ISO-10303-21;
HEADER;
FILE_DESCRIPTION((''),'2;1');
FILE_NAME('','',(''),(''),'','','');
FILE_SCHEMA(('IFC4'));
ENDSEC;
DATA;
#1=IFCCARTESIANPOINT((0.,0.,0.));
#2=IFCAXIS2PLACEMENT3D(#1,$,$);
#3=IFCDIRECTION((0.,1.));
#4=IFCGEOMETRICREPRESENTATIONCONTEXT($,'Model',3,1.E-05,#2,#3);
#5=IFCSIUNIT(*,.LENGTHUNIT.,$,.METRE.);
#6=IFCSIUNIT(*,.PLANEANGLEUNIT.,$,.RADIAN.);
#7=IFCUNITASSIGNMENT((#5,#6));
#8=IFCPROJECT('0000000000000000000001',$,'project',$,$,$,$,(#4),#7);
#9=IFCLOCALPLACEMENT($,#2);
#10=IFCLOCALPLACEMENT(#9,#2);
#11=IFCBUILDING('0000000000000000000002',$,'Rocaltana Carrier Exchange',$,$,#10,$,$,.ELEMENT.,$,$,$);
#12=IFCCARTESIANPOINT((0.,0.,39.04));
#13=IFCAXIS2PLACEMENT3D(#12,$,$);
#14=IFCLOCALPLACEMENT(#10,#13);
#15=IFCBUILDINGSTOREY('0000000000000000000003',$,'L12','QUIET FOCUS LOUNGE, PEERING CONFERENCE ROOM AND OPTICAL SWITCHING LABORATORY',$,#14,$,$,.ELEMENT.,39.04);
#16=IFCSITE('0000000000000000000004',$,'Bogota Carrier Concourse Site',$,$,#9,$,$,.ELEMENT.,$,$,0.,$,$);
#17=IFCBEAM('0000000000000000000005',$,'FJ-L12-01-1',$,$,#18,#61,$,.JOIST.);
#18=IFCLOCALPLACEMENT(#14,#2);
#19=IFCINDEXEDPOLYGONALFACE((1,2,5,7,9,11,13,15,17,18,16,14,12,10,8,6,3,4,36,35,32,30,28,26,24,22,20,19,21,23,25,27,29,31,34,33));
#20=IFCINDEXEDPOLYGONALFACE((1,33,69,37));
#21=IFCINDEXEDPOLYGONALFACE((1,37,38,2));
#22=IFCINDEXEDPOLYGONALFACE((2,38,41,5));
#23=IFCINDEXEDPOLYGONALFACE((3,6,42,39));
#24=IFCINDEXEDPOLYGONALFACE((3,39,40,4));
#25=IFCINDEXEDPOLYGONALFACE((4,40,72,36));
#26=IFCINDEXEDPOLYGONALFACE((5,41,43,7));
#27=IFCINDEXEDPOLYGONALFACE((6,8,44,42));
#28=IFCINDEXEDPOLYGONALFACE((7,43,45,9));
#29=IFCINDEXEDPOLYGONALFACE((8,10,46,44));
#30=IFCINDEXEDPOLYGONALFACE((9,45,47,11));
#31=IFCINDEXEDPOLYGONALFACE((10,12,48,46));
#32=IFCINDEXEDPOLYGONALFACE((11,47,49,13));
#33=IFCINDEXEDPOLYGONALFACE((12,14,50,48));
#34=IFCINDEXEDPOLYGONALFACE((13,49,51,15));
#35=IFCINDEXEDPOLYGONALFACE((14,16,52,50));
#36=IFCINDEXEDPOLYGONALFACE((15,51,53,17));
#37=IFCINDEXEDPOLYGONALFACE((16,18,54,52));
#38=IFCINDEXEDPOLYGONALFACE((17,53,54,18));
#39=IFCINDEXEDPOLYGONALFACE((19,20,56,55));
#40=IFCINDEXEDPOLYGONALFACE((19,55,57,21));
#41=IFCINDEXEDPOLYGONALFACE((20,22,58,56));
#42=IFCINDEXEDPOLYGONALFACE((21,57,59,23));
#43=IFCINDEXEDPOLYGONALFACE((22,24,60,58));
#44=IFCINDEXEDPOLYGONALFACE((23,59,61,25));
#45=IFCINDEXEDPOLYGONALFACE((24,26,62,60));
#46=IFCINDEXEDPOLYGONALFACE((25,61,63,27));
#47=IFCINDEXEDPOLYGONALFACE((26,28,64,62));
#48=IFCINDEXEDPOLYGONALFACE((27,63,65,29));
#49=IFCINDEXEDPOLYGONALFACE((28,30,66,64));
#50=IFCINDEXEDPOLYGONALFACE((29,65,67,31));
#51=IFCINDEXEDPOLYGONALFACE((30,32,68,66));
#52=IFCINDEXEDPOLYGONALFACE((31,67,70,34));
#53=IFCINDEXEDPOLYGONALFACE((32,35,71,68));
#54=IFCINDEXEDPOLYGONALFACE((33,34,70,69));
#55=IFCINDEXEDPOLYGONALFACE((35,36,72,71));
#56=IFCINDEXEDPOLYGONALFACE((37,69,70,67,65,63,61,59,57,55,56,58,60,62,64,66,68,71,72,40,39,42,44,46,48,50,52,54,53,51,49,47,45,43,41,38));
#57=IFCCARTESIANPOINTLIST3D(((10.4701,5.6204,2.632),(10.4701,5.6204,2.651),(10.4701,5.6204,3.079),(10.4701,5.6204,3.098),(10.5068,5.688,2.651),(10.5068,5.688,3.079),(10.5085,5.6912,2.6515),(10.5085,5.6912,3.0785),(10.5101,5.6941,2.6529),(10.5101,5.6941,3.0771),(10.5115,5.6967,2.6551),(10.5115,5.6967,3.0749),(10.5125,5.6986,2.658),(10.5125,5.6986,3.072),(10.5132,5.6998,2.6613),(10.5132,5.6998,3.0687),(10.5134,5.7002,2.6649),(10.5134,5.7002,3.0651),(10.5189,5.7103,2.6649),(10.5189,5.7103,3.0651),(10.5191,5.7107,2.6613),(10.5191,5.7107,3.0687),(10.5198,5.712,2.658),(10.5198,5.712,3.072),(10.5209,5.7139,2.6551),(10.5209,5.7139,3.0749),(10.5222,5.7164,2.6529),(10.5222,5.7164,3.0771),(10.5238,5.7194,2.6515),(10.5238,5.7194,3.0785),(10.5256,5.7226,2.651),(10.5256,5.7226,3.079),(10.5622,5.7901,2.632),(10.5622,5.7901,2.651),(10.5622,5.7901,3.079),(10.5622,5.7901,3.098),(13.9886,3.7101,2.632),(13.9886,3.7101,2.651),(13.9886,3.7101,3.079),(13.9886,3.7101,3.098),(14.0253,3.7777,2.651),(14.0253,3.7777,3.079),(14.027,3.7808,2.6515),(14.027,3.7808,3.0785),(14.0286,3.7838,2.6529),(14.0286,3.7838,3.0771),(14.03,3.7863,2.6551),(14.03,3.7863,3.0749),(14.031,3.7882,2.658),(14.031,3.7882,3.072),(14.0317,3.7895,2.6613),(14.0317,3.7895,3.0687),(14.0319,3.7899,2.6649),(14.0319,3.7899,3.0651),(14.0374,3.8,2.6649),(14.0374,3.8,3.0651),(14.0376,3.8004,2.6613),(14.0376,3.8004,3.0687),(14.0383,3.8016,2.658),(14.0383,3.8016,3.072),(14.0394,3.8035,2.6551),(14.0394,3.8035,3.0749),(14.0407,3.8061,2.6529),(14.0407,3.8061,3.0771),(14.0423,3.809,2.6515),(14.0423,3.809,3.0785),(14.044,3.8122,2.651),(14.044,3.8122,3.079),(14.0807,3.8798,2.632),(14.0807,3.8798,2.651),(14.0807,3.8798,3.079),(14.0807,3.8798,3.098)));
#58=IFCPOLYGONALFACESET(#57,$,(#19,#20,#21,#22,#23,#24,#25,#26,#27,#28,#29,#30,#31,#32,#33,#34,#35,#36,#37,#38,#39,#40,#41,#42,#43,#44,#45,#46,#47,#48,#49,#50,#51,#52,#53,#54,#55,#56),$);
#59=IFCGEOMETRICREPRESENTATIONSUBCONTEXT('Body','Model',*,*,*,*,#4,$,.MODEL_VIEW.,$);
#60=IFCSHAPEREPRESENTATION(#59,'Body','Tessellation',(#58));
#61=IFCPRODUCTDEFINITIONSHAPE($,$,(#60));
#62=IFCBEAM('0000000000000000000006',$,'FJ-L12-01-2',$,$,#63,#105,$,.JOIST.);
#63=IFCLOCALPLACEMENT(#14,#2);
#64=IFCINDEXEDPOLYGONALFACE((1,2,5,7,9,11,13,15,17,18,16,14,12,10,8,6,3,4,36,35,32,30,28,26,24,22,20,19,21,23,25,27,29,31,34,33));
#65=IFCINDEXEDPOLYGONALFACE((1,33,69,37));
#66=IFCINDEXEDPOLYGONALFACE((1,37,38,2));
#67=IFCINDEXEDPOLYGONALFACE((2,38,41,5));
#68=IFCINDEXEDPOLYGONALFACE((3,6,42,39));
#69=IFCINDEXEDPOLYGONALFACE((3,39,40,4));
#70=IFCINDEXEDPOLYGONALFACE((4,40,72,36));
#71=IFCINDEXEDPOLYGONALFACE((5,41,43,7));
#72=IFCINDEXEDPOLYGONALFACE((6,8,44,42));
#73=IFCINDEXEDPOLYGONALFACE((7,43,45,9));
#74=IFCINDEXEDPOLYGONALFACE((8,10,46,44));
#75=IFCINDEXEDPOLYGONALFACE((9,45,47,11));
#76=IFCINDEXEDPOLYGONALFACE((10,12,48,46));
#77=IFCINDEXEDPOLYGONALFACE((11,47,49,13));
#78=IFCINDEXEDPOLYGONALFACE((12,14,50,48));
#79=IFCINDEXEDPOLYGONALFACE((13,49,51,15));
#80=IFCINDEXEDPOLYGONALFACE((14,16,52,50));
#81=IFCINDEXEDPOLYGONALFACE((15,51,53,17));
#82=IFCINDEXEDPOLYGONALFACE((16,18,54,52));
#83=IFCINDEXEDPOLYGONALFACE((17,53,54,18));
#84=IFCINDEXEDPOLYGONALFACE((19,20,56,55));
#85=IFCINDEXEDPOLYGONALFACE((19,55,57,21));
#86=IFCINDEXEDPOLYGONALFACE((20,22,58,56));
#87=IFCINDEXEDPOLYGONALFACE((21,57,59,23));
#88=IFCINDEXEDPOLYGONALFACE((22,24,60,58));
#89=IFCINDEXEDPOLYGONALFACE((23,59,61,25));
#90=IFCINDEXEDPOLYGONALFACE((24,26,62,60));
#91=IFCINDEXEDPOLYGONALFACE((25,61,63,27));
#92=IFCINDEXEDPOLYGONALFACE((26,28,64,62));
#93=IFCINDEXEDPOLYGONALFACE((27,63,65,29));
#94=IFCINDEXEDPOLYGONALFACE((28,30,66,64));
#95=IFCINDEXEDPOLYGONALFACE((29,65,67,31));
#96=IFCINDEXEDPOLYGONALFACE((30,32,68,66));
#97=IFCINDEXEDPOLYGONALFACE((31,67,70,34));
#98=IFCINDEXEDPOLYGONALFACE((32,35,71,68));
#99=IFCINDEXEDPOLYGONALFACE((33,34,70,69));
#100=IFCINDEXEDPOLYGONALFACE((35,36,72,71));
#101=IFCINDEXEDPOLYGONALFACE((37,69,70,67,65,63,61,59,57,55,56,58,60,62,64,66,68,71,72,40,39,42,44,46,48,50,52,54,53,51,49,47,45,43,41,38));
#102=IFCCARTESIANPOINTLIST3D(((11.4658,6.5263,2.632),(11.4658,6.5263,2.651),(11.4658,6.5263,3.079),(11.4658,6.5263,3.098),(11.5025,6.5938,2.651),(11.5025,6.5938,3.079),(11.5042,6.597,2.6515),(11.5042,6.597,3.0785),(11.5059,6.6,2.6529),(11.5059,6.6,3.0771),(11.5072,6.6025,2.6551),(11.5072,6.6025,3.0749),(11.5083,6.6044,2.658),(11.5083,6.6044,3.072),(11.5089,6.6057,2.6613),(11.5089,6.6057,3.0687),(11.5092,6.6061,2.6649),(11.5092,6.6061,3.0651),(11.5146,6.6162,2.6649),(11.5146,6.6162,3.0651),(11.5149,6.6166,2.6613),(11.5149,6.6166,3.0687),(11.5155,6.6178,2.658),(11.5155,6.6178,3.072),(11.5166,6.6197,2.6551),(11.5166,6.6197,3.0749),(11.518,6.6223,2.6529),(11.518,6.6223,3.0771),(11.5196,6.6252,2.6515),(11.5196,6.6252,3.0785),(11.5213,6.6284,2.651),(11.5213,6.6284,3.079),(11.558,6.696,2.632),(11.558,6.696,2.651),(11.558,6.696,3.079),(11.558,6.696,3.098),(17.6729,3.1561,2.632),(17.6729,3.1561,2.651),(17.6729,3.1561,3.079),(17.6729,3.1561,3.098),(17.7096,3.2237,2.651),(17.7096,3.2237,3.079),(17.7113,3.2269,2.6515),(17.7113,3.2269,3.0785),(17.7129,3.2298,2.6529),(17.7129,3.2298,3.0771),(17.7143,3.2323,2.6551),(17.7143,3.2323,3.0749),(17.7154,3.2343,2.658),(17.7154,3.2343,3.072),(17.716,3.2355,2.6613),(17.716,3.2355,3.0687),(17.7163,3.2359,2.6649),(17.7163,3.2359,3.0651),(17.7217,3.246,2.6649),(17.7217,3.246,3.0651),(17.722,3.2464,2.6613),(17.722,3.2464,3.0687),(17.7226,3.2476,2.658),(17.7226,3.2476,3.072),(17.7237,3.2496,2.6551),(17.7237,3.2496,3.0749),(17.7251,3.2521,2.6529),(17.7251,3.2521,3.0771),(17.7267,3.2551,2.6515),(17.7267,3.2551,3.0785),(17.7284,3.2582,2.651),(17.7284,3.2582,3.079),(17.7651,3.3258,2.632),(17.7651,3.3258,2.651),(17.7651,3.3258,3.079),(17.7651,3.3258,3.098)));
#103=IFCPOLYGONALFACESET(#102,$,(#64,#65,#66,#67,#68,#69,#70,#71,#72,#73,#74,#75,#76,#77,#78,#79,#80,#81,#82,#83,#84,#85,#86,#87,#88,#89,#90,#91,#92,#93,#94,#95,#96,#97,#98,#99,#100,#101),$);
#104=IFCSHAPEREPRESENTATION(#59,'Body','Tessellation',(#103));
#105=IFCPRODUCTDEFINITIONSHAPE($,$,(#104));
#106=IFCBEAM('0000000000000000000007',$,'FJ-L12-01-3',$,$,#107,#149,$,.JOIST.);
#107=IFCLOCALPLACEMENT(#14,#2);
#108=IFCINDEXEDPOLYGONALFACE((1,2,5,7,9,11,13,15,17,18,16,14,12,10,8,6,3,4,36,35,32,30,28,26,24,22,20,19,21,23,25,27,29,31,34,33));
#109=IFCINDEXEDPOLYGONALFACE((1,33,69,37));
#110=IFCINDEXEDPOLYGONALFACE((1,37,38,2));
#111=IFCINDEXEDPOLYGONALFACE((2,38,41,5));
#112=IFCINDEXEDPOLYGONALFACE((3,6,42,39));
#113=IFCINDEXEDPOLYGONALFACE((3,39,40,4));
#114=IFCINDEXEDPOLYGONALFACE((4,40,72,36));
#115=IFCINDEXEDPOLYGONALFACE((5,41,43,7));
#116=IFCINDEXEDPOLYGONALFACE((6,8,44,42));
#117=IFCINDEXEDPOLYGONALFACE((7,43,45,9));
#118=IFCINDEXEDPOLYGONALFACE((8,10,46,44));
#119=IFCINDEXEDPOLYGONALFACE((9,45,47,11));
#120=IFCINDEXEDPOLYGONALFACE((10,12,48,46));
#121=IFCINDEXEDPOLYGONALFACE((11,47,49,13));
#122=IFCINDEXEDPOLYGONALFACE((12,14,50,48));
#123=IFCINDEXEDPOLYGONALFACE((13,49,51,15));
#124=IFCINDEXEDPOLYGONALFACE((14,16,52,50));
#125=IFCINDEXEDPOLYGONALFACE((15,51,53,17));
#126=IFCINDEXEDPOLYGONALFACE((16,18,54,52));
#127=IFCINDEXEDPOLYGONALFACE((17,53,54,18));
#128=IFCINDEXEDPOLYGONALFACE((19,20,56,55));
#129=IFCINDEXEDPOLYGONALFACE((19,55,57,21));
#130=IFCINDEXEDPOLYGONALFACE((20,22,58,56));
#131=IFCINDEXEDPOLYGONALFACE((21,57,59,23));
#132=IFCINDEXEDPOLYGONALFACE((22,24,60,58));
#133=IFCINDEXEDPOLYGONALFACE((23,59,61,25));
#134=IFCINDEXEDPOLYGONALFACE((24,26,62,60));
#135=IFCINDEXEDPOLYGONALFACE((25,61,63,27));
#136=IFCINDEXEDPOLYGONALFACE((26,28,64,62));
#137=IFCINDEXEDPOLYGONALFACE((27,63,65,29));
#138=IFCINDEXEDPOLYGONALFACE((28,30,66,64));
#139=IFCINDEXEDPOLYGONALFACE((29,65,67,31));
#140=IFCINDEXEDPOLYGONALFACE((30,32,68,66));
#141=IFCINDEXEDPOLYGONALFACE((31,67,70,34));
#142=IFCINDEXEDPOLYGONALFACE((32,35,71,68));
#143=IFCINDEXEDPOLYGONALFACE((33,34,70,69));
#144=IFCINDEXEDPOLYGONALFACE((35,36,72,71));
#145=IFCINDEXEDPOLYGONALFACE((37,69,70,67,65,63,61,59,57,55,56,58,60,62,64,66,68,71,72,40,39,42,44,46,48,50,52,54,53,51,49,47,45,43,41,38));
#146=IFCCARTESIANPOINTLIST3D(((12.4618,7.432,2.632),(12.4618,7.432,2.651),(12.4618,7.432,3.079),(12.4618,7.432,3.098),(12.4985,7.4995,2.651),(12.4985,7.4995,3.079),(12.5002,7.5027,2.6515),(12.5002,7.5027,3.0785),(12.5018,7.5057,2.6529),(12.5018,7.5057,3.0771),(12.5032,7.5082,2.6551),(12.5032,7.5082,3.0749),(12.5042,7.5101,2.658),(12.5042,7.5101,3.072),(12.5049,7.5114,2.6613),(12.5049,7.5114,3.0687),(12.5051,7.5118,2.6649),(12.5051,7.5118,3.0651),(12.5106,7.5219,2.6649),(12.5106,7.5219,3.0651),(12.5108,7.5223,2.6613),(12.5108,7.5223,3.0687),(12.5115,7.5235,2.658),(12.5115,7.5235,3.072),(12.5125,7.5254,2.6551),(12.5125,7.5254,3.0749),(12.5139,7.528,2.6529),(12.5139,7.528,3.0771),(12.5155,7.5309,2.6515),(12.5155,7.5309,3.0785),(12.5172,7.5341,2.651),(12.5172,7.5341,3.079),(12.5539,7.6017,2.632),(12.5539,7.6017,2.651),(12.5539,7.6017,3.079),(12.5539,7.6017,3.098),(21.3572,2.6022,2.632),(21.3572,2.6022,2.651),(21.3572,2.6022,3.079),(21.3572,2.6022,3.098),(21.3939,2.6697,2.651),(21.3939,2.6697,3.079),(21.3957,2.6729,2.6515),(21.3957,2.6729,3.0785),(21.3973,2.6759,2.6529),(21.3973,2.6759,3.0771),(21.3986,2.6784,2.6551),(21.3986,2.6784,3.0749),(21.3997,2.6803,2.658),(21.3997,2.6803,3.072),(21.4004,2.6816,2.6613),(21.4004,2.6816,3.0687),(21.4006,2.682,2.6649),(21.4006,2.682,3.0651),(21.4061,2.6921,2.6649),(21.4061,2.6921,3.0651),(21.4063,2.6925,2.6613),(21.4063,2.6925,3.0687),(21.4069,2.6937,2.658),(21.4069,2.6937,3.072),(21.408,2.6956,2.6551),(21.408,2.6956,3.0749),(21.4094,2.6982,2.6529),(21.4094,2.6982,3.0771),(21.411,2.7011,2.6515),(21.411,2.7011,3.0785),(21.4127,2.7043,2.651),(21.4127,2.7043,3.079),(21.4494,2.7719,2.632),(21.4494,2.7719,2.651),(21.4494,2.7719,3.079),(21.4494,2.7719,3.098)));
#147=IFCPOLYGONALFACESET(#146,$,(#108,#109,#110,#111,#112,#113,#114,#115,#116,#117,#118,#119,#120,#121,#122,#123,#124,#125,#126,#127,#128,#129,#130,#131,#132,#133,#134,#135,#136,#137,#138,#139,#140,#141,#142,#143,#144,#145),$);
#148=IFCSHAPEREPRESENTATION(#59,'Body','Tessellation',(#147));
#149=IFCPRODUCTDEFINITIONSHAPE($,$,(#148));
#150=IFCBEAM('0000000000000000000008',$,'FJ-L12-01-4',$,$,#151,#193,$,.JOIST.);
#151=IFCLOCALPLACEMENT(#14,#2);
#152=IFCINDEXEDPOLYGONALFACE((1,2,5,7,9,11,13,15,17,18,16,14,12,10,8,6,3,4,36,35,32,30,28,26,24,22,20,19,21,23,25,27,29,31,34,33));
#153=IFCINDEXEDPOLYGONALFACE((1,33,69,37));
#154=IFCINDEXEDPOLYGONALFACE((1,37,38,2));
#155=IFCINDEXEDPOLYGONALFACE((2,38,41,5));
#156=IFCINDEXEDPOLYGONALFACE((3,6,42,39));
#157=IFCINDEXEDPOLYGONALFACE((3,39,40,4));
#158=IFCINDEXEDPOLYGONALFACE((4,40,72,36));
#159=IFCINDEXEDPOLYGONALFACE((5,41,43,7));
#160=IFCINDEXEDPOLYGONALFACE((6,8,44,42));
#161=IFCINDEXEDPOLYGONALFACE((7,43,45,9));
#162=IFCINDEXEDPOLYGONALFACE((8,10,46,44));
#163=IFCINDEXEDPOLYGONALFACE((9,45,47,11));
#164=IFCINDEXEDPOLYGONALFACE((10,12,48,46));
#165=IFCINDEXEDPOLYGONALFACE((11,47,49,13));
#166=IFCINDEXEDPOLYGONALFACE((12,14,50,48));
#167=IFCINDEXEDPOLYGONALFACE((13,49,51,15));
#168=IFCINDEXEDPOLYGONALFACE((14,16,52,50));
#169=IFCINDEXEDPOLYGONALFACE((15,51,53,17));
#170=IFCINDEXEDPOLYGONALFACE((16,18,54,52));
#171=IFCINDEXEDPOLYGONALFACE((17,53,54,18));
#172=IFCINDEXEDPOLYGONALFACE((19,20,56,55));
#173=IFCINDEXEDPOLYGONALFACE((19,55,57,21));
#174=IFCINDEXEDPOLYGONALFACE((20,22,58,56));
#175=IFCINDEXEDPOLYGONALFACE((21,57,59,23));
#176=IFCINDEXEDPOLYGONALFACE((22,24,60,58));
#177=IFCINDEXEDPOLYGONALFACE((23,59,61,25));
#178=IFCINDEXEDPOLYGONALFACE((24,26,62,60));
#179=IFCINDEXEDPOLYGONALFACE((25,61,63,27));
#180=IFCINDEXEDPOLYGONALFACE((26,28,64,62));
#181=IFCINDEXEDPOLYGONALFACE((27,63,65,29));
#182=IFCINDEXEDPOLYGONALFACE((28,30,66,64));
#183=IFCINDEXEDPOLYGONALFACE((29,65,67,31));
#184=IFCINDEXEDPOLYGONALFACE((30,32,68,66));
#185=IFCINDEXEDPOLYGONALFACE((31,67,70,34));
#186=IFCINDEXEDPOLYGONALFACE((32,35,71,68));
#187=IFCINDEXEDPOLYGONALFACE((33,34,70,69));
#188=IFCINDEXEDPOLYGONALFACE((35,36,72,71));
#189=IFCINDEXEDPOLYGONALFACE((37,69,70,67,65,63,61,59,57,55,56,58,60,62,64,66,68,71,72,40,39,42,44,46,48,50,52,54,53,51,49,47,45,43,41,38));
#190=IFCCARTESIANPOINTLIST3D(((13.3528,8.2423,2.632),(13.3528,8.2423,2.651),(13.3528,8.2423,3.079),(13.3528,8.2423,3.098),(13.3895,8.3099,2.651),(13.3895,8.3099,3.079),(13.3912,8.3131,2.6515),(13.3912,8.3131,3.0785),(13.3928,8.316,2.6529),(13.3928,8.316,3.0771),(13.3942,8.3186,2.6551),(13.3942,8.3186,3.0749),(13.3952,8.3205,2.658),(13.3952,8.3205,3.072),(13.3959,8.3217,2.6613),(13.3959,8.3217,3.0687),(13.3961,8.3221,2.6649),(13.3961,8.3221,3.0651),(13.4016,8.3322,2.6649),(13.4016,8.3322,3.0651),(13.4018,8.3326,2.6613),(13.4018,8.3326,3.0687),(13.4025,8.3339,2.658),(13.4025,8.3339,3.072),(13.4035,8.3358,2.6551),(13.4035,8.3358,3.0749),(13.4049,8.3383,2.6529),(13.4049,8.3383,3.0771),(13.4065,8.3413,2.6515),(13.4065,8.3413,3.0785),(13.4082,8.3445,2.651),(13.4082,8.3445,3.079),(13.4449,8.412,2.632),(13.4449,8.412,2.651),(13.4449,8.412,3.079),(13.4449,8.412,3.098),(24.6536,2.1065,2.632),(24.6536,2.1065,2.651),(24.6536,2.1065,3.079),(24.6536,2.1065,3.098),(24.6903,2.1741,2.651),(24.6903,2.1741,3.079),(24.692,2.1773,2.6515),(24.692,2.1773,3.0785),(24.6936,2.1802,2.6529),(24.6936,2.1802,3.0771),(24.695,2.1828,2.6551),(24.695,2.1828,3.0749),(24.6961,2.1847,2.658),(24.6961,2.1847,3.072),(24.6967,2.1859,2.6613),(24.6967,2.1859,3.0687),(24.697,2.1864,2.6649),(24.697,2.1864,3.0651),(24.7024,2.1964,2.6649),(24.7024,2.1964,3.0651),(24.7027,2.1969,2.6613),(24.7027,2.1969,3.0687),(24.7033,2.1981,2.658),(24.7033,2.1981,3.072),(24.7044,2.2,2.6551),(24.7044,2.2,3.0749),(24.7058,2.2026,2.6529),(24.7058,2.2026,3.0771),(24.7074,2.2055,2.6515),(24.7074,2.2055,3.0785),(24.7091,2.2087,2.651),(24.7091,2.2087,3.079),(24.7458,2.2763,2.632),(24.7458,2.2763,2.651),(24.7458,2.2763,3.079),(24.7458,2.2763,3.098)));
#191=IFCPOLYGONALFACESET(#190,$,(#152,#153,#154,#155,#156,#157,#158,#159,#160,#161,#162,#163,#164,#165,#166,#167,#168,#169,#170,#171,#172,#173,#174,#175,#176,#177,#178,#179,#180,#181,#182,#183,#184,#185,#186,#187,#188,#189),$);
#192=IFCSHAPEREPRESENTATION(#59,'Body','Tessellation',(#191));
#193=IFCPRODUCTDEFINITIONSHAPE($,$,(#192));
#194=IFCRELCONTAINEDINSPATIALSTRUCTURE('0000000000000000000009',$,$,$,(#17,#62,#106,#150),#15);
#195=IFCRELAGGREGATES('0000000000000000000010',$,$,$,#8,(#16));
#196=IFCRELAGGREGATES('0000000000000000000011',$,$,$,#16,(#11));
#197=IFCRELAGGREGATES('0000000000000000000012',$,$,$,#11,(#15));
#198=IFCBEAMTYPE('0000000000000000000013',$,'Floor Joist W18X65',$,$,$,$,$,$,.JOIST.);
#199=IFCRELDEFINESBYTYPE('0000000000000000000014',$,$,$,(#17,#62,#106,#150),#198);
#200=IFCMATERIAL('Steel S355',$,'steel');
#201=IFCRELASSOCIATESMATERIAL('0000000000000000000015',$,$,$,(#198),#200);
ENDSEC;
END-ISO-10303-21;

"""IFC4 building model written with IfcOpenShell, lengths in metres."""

from ifc_helpers import new_model, si_unit, direction, frame, origin, origin_2d, place, context, subcontext, project, spatial, i_section, extrude, material, material_profile, profile_set, type_object, element, save


model = new_model("IFC4")

# Units and contexts
model_context = context("Model", 3, precision=1e-05, world=origin(), true_north=direction((0.0, 1.0)))
body_context = subcontext(model_context, "Body", "Model", "MODEL_VIEW")
ifc_project = project(units=[si_unit("LENGTHUNIT", "METRE"), si_unit("PLANEANGLEUNIT", "RADIAN")], contexts=[model_context])

# Site, building, storey
site_placement = place(None, origin())
site = spatial("IfcSite", under=ifc_project, at=site_placement, Name="Bogota Carrier Concourse Site", CompositionType="ELEMENT", RefElevation=0.0)
building_placement = place(site_placement, origin())
building = spatial("IfcBuilding", under=site, at=building_placement, Name="Rocaltana Carrier Exchange", CompositionType="ELEMENT")
storey_placement = place(building_placement, frame((0.0, 0.0, 39.04)))
storey = spatial("IfcBuildingStorey", under=building, at=storey_placement, Name="L12", Description="QUIET FOCUS LOUNGE, PEERING CONFERENCE ROOM AND OPTICAL SWITCHING LABORATORY", CompositionType="ELEMENT", Elevation=39.04)

# Beams
ifc_material_1 = material(Name="Steel S355", Category="steel")
ifc_material_profile_1 = material_profile(ifc_material_1, i_section(OverallWidth=0.1931, OverallDepth=0.4661, WebThickness=0.0115, FlangeThickness=0.019, FilletRadius=0.0139, at=origin_2d()), Name="W18X65")
ifc_profile_set_1 = profile_set([ifc_material_profile_1], Name="Steel S355")
beam_type_1 = type_object("IfcBeamType", Name="Floor Joist W18X65", PredefinedType="JOIST", material=ifc_profile_set_1)
beam_1_placement = place(storey_placement, frame((14.0347, 3.7949, 2.865), z_axis=(-0.878819, 0.477155, 0.0), x_axis=(-0.477155, -0.878819, 0.0)))
element("IfcBeam", 1, at=beam_1_placement, inside=storey, type_object=beam_type_1, Name="FJ-L12-01-1", PredefinedType="JOIST", context=body_context, shape_type="SweptSolid", body=[
    extrude(i_section(OverallWidth=0.1931, OverallDepth=0.4661, WebThickness=0.0115, FlangeThickness=0.019, FilletRadius=0.0139, at=origin_2d()), origin(), (0.0, 0.0, 1.0), 4.0037),
])
beam_2_placement = place(storey_placement, frame((17.719, 3.241, 2.865), z_axis=(-0.878819, 0.477156, 0.0), x_axis=(-0.477156, -0.878819, 0.0)))
element("IfcBeam", 2, at=beam_2_placement, inside=storey, type_object=beam_type_1, Name="FJ-L12-01-2", PredefinedType="JOIST", context=body_context, shape_type="SweptSolid", body=[
    extrude(i_section(OverallWidth=0.1931, OverallDepth=0.4661, WebThickness=0.0115, FlangeThickness=0.019, FilletRadius=0.0139, at=origin_2d()), origin(), (0.0, 0.0, 1.0), 7.063),
])
beam_3_placement = place(storey_placement, frame((21.4033, 2.687, 2.865), z_axis=(-0.878818, 0.477156, 0.0), x_axis=(-0.477156, -0.878818, 0.0)))
element("IfcBeam", 3, at=beam_3_placement, inside=storey, type_object=beam_type_1, Name="FJ-L12-01-3", PredefinedType="JOIST", context=body_context, shape_type="SweptSolid", body=[
    extrude(i_section(OverallWidth=0.1931, OverallDepth=0.4661, WebThickness=0.0115, FlangeThickness=0.019, FilletRadius=0.0139, at=origin_2d()), origin(), (0.0, 0.0, 1.0), 10.1221),
])
beam_4_placement = place(storey_placement, frame((24.6997, 2.1914, 2.865), z_axis=(-0.87882, 0.477154, 0.0), x_axis=(-0.477154, -0.87882, 0.0)))
element("IfcBeam", 4, at=beam_4_placement, inside=storey, type_object=beam_type_1, Name="FJ-L12-01-4", PredefinedType="JOIST", context=body_context, shape_type="SweptSolid", body=[
    extrude(i_section(OverallWidth=0.1931, OverallDepth=0.4661, WebThickness=0.0115, FlangeThickness=0.019, FilletRadius=0.0139, at=origin_2d()), origin(), (0.0, 0.0, 1.0), 12.8591),
])

save(model, "model.ifc")
